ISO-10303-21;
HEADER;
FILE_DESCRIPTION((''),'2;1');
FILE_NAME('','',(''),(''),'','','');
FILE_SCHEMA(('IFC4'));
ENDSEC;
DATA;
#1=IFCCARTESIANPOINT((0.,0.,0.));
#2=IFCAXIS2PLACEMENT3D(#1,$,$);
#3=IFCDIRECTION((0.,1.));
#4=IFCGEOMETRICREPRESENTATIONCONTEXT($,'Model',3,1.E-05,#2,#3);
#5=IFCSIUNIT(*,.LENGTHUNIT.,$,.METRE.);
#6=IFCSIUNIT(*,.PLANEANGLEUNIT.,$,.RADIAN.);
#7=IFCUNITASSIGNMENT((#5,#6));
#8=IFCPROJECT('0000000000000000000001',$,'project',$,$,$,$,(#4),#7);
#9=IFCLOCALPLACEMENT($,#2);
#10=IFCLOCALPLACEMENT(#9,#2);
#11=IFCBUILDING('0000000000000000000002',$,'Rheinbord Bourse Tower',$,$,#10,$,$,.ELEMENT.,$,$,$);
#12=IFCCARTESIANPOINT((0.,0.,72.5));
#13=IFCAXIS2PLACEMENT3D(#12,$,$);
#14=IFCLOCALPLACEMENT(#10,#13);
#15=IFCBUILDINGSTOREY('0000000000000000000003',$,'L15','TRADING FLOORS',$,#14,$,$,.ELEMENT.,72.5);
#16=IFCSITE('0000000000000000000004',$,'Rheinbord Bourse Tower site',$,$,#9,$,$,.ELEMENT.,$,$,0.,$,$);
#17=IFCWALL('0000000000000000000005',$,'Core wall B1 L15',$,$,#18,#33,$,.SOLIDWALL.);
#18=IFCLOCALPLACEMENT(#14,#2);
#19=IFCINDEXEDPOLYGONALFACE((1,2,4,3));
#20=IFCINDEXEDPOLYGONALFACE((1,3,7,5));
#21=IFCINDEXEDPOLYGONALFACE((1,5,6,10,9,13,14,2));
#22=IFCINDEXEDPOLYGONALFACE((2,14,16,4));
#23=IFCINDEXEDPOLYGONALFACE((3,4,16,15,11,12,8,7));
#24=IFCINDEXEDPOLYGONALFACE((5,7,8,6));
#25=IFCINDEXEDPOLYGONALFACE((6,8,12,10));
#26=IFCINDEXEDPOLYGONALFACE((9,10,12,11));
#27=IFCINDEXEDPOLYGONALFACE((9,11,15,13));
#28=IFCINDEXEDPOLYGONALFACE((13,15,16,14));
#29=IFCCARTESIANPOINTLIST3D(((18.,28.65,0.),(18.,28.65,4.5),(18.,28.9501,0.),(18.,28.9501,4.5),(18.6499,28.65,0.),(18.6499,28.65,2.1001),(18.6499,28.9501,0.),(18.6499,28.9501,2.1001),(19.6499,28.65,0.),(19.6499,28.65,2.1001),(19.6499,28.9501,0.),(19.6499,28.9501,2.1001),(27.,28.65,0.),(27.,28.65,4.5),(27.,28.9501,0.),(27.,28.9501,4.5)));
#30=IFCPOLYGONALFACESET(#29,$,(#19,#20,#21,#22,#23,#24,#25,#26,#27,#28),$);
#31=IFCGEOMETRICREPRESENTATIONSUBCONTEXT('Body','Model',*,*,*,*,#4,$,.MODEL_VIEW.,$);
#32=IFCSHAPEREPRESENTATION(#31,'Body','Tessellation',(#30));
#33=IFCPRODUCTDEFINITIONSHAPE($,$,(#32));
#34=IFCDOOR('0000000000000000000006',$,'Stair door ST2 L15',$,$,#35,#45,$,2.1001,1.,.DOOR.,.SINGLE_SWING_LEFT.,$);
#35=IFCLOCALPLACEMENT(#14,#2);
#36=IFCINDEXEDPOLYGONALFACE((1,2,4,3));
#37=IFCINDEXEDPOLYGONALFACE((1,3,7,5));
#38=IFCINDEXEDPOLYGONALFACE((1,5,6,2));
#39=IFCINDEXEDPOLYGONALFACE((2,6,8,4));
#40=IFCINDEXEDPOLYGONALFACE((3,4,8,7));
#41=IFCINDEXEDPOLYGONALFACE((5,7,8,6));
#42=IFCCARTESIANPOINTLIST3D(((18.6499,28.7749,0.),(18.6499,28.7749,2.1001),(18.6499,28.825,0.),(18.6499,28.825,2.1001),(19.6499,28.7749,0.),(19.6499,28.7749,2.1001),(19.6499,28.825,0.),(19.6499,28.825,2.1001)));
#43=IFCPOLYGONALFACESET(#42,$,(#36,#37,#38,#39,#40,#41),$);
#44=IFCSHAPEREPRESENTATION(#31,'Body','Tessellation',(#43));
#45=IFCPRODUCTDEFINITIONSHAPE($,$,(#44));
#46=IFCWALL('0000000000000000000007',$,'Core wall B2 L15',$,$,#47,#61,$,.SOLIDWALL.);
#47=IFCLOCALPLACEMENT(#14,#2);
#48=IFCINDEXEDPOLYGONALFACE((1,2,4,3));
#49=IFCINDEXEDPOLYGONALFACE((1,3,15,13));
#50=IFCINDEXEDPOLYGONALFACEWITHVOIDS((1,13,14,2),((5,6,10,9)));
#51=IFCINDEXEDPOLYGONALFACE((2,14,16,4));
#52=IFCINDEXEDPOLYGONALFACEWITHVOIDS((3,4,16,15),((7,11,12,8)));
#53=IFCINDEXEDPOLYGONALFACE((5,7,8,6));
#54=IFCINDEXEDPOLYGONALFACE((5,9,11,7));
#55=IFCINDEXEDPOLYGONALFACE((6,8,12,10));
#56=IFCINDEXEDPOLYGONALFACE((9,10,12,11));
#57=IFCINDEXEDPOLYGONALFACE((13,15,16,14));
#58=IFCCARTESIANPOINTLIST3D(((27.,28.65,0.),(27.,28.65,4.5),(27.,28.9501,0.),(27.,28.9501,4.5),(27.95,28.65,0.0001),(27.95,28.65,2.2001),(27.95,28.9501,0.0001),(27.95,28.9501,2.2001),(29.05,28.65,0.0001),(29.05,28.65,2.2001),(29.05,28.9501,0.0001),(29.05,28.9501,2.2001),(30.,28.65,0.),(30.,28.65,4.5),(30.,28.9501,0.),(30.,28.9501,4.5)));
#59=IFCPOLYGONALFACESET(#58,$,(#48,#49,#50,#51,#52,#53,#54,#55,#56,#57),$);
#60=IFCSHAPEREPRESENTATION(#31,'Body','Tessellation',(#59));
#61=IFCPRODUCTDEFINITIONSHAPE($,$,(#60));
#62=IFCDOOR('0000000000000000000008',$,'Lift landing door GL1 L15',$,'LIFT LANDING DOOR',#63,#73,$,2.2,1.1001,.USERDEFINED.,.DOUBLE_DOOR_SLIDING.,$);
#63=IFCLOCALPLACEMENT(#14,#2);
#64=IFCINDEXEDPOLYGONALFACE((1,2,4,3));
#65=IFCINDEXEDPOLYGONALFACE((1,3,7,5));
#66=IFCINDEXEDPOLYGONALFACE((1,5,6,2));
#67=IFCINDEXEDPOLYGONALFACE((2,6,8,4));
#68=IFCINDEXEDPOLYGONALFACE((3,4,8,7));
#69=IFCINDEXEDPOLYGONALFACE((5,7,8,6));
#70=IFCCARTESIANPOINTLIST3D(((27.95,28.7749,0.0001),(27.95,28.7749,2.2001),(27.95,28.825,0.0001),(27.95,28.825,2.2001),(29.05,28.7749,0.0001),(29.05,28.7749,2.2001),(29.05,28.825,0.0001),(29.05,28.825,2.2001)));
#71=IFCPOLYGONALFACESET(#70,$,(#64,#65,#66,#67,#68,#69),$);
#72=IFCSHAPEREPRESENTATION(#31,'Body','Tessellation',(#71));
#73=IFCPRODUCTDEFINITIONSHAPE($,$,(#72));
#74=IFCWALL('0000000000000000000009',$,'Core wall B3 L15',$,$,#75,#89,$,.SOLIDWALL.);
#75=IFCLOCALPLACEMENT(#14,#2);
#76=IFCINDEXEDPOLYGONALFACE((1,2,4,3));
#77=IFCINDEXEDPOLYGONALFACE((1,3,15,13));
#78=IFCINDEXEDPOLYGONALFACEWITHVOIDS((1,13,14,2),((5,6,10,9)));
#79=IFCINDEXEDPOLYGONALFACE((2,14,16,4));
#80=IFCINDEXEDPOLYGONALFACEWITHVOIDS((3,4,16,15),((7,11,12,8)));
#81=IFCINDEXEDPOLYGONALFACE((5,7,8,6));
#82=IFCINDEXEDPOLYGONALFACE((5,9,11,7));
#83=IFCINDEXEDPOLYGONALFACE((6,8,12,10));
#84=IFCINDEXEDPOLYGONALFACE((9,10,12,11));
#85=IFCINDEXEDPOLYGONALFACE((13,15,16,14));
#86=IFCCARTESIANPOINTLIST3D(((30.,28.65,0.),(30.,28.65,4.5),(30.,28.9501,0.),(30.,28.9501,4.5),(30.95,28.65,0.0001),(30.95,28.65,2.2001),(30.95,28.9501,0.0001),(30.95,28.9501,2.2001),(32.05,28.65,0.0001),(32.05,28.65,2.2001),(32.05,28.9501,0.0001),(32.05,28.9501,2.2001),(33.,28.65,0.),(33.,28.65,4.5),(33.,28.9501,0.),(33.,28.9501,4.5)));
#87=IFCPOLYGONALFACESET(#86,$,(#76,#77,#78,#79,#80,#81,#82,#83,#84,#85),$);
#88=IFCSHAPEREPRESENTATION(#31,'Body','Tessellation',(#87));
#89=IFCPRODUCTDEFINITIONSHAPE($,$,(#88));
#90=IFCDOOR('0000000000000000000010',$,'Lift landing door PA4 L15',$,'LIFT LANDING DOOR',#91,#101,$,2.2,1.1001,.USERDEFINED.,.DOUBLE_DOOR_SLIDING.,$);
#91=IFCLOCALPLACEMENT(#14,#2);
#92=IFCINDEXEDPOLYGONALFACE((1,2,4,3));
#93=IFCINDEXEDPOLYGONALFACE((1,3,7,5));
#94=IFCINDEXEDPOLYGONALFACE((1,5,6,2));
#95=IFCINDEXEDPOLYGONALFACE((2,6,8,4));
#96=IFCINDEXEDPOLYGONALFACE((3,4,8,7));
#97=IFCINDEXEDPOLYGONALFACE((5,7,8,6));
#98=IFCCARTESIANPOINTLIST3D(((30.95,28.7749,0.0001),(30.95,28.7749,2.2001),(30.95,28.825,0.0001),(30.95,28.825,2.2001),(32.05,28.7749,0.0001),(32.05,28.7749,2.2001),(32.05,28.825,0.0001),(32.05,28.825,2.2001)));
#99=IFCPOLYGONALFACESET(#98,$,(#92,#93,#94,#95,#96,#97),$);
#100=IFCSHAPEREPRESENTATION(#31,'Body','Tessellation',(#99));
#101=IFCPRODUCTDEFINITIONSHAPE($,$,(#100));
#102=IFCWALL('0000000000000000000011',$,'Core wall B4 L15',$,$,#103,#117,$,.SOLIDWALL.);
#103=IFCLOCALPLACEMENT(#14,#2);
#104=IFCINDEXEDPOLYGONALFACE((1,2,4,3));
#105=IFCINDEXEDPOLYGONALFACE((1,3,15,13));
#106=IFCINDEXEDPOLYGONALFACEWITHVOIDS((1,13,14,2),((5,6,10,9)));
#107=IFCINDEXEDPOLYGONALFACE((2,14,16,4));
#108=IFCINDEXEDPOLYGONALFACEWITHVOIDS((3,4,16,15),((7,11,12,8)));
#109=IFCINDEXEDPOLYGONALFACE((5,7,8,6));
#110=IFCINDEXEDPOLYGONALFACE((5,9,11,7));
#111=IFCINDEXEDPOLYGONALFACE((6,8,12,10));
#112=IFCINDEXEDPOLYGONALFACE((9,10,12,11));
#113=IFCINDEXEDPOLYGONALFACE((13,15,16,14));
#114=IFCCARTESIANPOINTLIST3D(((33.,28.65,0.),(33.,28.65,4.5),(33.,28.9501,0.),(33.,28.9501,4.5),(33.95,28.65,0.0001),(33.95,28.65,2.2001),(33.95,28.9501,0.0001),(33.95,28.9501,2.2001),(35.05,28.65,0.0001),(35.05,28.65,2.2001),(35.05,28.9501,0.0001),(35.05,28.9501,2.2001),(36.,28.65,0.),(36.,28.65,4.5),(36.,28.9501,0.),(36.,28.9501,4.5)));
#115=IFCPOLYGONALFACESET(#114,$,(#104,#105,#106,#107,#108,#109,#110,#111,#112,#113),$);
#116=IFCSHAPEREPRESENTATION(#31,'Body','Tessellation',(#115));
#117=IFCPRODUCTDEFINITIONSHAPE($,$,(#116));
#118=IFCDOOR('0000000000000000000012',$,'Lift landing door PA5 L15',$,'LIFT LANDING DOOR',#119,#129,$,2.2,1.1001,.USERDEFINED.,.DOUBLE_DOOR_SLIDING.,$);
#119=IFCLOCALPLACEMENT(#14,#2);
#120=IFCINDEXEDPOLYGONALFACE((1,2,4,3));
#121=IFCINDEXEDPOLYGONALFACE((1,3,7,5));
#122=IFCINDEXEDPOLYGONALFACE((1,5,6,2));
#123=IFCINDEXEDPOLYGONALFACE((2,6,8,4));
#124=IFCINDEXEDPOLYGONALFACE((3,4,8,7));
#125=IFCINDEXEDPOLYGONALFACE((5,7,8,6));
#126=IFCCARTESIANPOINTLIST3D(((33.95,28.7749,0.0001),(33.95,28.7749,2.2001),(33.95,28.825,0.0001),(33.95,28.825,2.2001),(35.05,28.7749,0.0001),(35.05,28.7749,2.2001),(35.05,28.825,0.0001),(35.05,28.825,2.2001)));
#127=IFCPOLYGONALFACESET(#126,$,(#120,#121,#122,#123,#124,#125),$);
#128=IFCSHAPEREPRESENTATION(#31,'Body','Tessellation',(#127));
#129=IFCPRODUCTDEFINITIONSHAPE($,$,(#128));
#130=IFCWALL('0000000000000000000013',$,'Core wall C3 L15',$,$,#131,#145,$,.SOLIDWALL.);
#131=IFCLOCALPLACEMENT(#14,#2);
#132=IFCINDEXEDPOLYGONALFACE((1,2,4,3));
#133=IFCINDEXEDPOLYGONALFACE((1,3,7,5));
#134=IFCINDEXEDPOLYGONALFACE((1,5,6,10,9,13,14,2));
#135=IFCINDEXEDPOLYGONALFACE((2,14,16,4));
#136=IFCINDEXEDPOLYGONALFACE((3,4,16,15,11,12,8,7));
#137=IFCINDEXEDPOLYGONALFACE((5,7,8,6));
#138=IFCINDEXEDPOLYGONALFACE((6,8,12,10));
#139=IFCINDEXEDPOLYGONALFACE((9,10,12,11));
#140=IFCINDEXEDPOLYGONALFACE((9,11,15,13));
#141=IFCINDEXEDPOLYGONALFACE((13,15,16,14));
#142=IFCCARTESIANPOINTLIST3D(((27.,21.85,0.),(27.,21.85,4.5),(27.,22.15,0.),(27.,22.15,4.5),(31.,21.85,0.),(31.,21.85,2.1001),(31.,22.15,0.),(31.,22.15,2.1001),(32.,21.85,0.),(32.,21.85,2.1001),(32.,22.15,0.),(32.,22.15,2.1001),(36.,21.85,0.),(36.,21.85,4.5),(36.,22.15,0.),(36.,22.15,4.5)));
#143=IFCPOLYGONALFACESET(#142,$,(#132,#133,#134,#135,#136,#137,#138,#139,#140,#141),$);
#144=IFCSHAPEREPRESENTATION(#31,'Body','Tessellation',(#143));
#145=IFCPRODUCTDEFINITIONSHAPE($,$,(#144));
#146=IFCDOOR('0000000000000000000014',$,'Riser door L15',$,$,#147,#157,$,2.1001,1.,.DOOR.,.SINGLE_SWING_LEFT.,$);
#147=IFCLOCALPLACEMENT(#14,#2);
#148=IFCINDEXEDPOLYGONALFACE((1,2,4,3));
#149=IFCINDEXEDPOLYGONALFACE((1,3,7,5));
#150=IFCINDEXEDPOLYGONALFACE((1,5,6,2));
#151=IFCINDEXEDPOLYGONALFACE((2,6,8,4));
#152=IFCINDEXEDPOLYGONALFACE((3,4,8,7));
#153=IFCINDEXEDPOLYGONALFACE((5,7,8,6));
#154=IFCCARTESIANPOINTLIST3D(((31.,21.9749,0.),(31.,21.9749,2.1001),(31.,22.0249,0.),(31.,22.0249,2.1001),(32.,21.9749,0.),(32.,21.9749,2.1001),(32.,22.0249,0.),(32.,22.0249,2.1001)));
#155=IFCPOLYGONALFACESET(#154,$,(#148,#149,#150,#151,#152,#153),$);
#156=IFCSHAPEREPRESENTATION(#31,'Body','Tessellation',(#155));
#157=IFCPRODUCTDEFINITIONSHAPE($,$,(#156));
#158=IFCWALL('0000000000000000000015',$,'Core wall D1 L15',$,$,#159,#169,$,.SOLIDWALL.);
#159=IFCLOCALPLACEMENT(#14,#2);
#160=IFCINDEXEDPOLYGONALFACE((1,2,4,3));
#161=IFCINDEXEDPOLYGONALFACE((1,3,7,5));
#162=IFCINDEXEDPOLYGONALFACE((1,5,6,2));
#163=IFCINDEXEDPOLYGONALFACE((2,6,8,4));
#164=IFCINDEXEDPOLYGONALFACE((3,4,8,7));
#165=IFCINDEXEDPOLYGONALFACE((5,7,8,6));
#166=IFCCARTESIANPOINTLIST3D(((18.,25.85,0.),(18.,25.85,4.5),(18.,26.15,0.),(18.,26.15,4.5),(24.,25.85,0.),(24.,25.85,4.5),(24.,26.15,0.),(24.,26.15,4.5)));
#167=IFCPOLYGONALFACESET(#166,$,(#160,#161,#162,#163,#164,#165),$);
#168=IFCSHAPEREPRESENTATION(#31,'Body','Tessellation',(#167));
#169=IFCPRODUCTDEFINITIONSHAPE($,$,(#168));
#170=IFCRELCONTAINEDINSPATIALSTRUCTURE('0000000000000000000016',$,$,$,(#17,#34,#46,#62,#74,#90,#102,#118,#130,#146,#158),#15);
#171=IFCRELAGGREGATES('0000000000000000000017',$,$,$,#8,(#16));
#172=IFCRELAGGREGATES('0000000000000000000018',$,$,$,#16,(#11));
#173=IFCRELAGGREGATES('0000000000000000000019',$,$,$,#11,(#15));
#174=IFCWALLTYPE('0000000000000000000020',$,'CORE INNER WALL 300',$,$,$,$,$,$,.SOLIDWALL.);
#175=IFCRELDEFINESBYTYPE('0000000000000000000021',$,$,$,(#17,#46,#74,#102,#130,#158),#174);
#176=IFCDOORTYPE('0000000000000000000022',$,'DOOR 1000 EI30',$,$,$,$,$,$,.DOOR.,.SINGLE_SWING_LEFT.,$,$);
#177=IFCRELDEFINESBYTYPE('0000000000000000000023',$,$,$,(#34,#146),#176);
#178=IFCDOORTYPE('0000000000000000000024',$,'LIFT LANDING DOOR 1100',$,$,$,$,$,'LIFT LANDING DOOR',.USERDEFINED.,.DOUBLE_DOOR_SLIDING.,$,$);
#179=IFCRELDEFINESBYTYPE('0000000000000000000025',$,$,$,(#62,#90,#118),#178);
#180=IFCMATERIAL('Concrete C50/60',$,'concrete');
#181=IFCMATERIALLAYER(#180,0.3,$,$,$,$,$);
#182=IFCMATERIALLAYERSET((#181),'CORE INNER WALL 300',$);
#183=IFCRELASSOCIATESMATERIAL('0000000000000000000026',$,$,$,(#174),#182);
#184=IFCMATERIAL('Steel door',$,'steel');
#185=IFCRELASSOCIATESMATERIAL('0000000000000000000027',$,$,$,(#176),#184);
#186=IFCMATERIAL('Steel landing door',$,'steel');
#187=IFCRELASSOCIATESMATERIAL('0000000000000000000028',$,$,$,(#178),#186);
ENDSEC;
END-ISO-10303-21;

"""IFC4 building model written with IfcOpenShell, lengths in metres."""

from ifc_helpers import new_model, si_unit, direction, frame, frame_2d, origin, place, context, subcontext, project, spatial, rectangle, extrude, material, layer, layer_set, type_object, element, fill, save


model = new_model("IFC4")

# Units and contexts
model_context = context("Model", 3, precision=1e-05, world=origin(), true_north=direction((0.0, 1.0)))
body_context = subcontext(model_context, "Body", "Model", "MODEL_VIEW")
ifc_project = project(units=[si_unit("LENGTHUNIT", "METRE"), si_unit("PLANEANGLEUNIT", "RADIAN")], contexts=[model_context])

# Site, building, storey
site_placement = place(None, origin())
site = spatial("IfcSite", under=ifc_project, at=site_placement, Name="Rheinbord Bourse Tower site", CompositionType="ELEMENT", RefElevation=0.0)
building_placement = place(site_placement, origin())
building = spatial("IfcBuilding", under=site, at=building_placement, Name="Rheinbord Bourse Tower", CompositionType="ELEMENT")
storey_placement = place(building_placement, frame((0.0, 0.0, 72.5)))
storey = spatial("IfcBuildingStorey", under=building, at=storey_placement, Name="L15", Description="TRADING FLOORS", CompositionType="ELEMENT", Elevation=72.5)

# Walls, openings, doors
ifc_material_1 = material(Name="Concrete C50/60", Category="concrete")
ifc_layer_1 = layer(ifc_material_1, 0.3)
ifc_layer_set_1 = layer_set([ifc_layer_1], Name="CORE INNER WALL 300")
wall_type_1 = type_object("IfcWallType", Name="CORE INNER WALL 300", PredefinedType="SOLIDWALL", material=ifc_layer_set_1)
wall_1_placement = place(storey_placement, frame((18.0, 28.8, 0.0), z_axis=(0.0, 0.0, 1.0), x_axis=(1.0, 0.0, 0.0)))
wall_1 = element("IfcWall", 1, at=wall_1_placement, inside=storey, type_object=wall_type_1, Name="Core wall B1 L15", PredefinedType="SOLIDWALL", context=body_context, shape_type="SweptSolid", body=[
    extrude(rectangle(XDim=9.0, YDim=0.3, at=frame_2d((4.5, 0.0))), origin(), (0.0, 0.0, 1.0), 4.5),
])
opening_1_placement = place(wall_1_placement, frame((0.6499, 0.0, 0.0)))
opening_1 = element("IfcOpeningElement", 2, at=opening_1_placement, cuts=wall_1, PredefinedType="OPENING", context=body_context, shape_type="SweptSolid", body=[
    extrude(rectangle(XDim=1.0, YDim=2.1001, at=frame_2d((0.5, 1.05))), frame((0.0, 0.1599, 0.0), z_axis=(0.0, -1.0, 0.0), x_axis=(1.0, 0.0, 0.0)), (0.0, 0.0, 1.0), 0.3201),
])
ifc_material_2 = material(Name="Steel door", Category="steel")
door_type_1 = type_object("IfcDoorType", Name="DOOR 1000 EI30", OperationType="SINGLE_SWING_LEFT", PredefinedType="DOOR", material=ifc_material_2)
door_1_placement = place(opening_1_placement, origin())
door_1 = element("IfcDoor", 3, at=door_1_placement, inside=storey, type_object=door_type_1, Name="Stair door ST2 L15", OperationType="SINGLE_SWING_LEFT", OverallHeight=2.1001, OverallWidth=1.0, PredefinedType="DOOR", context=body_context, shape_type="SweptSolid", body=[
    extrude(rectangle(XDim=1.0, YDim=2.1001, at=frame_2d((0.5, 1.05))), frame((0.0, 0.0249, 0.0), z_axis=(0.0, -1.0, 0.0), x_axis=(1.0, 0.0, 0.0)), (0.0, 0.0, 1.0), 0.05),
])
fill(opening_1, door_1)
wall_2_placement = place(storey_placement, frame((27.0, 28.8, 0.0), z_axis=(0.0, 0.0, 1.0), x_axis=(1.0, 0.0, 0.0)))
wall_2 = element("IfcWall", 4, at=wall_2_placement, inside=storey, type_object=wall_type_1, Name="Core wall B2 L15", PredefinedType="SOLIDWALL", context=body_context, shape_type="SweptSolid", body=[
    extrude(rectangle(XDim=3.0, YDim=0.3, at=frame_2d((1.5, 0.0))), origin(), (0.0, 0.0, 1.0), 4.5),
])
opening_2_placement = place(wall_2_placement, frame((0.95, 0.0, 0.0)))
opening_2 = element("IfcOpeningElement", 5, at=opening_2_placement, cuts=wall_2, PredefinedType="OPENING", context=body_context, shape_type="SweptSolid", body=[
    extrude(rectangle(XDim=1.1001, YDim=2.2, at=frame_2d((0.55, 1.1001))), frame((0.0, 0.1599, 0.0), z_axis=(0.0, -1.0, 0.0), x_axis=(1.0, 0.0, 0.0)), (0.0, 0.0, 1.0), 0.3201),
])
ifc_material_3 = material(Name="Steel landing door", Category="steel")
door_type_2 = type_object("IfcDoorType", Name="LIFT LANDING DOOR 1100", ElementType="LIFT LANDING DOOR", OperationType="DOUBLE_DOOR_SLIDING", PredefinedType="USERDEFINED", material=ifc_material_3)
door_2_placement = place(opening_2_placement, origin())
door_2 = element("IfcDoor", 6, at=door_2_placement, inside=storey, type_object=door_type_2, Name="Lift landing door GL1 L15", ObjectType="LIFT LANDING DOOR", OperationType="DOUBLE_DOOR_SLIDING", OverallHeight=2.2, OverallWidth=1.1001, PredefinedType="USERDEFINED", context=body_context, shape_type="SweptSolid", body=[
    extrude(rectangle(XDim=1.1001, YDim=2.2, at=frame_2d((0.55, 1.1001))), frame((0.0, 0.0249, 0.0), z_axis=(0.0, -1.0, 0.0), x_axis=(1.0, 0.0, 0.0)), (0.0, 0.0, 1.0), 0.05),
])
fill(opening_2, door_2)
wall_3_placement = place(storey_placement, frame((30.0, 28.8, 0.0), z_axis=(0.0, 0.0, 1.0), x_axis=(1.0, 0.0, 0.0)))
wall_3 = element("IfcWall", 7, at=wall_3_placement, inside=storey, type_object=wall_type_1, Name="Core wall B3 L15", PredefinedType="SOLIDWALL", context=body_context, shape_type="SweptSolid", body=[
    extrude(rectangle(XDim=3.0, YDim=0.3, at=frame_2d((1.5, 0.0))), origin(), (0.0, 0.0, 1.0), 4.5),
])
opening_3_placement = place(wall_3_placement, frame((0.95, 0.0, 0.0)))
opening_3 = element("IfcOpeningElement", 8, at=opening_3_placement, cuts=wall_3, PredefinedType="OPENING", context=body_context, shape_type="SweptSolid", body=[
    extrude(rectangle(XDim=1.1001, YDim=2.2, at=frame_2d((0.55, 1.1001))), frame((0.0, 0.1599, 0.0), z_axis=(0.0, -1.0, 0.0), x_axis=(1.0, 0.0, 0.0)), (0.0, 0.0, 1.0), 0.3201),
])
door_3_placement = place(opening_3_placement, origin())
door_3 = element("IfcDoor", 9, at=door_3_placement, inside=storey, type_object=door_type_2, Name="Lift landing door PA4 L15", ObjectType="LIFT LANDING DOOR", OperationType="DOUBLE_DOOR_SLIDING", OverallHeight=2.2, OverallWidth=1.1001, PredefinedType="USERDEFINED", context=body_context, shape_type="SweptSolid", body=[
    extrude(rectangle(XDim=1.1001, YDim=2.2, at=frame_2d((0.55, 1.1001))), frame((0.0, 0.0249, 0.0), z_axis=(0.0, -1.0, 0.0), x_axis=(1.0, 0.0, 0.0)), (0.0, 0.0, 1.0), 0.05),
])
fill(opening_3, door_3)
wall_4_placement = place(storey_placement, frame((33.0, 28.8, 0.0), z_axis=(0.0, 0.0, 1.0), x_axis=(1.0, 0.0, 0.0)))
wall_4 = element("IfcWall", 10, at=wall_4_placement, inside=storey, type_object=wall_type_1, Name="Core wall B4 L15", PredefinedType="SOLIDWALL", context=body_context, shape_type="SweptSolid", body=[
    extrude(rectangle(XDim=3.0, YDim=0.3, at=frame_2d((1.5, 0.0))), origin(), (0.0, 0.0, 1.0), 4.5),
])
opening_4_placement = place(wall_4_placement, frame((0.95, 0.0, 0.0)))
opening_4 = element("IfcOpeningElement", 11, at=opening_4_placement, cuts=wall_4, PredefinedType="OPENING", context=body_context, shape_type="SweptSolid", body=[
    extrude(rectangle(XDim=1.1001, YDim=2.2, at=frame_2d((0.55, 1.1001))), frame((0.0, 0.1599, 0.0), z_axis=(0.0, -1.0, 0.0), x_axis=(1.0, 0.0, 0.0)), (0.0, 0.0, 1.0), 0.3201),
])
door_4_placement = place(opening_4_placement, origin())
door_4 = element("IfcDoor", 12, at=door_4_placement, inside=storey, type_object=door_type_2, Name="Lift landing door PA5 L15", ObjectType="LIFT LANDING DOOR", OperationType="DOUBLE_DOOR_SLIDING", OverallHeight=2.2, OverallWidth=1.1001, PredefinedType="USERDEFINED", context=body_context, shape_type="SweptSolid", body=[
    extrude(rectangle(XDim=1.1001, YDim=2.2, at=frame_2d((0.55, 1.1001))), frame((0.0, 0.0249, 0.0), z_axis=(0.0, -1.0, 0.0), x_axis=(1.0, 0.0, 0.0)), (0.0, 0.0, 1.0), 0.05),
])
fill(opening_4, door_4)
wall_5_placement = place(storey_placement, frame((27.0, 22.0, 0.0), z_axis=(0.0, 0.0, 1.0), x_axis=(1.0, 0.0, 0.0)))
wall_5 = element("IfcWall", 13, at=wall_5_placement, inside=storey, type_object=wall_type_1, Name="Core wall C3 L15", PredefinedType="SOLIDWALL", context=body_context, shape_type="SweptSolid", body=[
    extrude(rectangle(XDim=9.0, YDim=0.3, at=frame_2d((4.5, 0.0))), origin(), (0.0, 0.0, 1.0), 4.5),
])
opening_5_placement = place(wall_5_placement, frame((4.0, 0.0, 0.0)))
opening_5 = element("IfcOpeningElement", 14, at=opening_5_placement, cuts=wall_5, PredefinedType="OPENING", context=body_context, shape_type="SweptSolid", body=[
    extrude(rectangle(XDim=1.0, YDim=2.1001, at=frame_2d((0.5, 1.05))), frame((0.0, 0.1599, 0.0), z_axis=(0.0, -1.0, 0.0), x_axis=(1.0, 0.0, 0.0)), (0.0, 0.0, 1.0), 0.3201),
])
door_5_placement = place(opening_5_placement, origin())
door_5 = element("IfcDoor", 15, at=door_5_placement, inside=storey, type_object=door_type_1, Name="Riser door L15", OperationType="SINGLE_SWING_LEFT", OverallHeight=2.1001, OverallWidth=1.0, PredefinedType="DOOR", context=body_context, shape_type="SweptSolid", body=[
    extrude(rectangle(XDim=1.0, YDim=2.1001, at=frame_2d((0.5, 1.05))), frame((0.0, 0.0249, 0.0), z_axis=(0.0, -1.0, 0.0), x_axis=(1.0, 0.0, 0.0)), (0.0, 0.0, 1.0), 0.05),
])
fill(opening_5, door_5)

# Wall
wall_6_placement = place(storey_placement, frame((18.0, 26.0, 0.0), z_axis=(0.0, 0.0, 1.0), x_axis=(1.0, 0.0, 0.0)))
element("IfcWall", 16, at=wall_6_placement, inside=storey, type_object=wall_type_1, Name="Core wall D1 L15", PredefinedType="SOLIDWALL", context=body_context, shape_type="SweptSolid", body=[
    extrude(rectangle(XDim=6.0, YDim=0.3, at=frame_2d((3.0, 0.0))), origin(), (0.0, 0.0, 1.0), 4.5),
])

save(model, "model.ifc")
